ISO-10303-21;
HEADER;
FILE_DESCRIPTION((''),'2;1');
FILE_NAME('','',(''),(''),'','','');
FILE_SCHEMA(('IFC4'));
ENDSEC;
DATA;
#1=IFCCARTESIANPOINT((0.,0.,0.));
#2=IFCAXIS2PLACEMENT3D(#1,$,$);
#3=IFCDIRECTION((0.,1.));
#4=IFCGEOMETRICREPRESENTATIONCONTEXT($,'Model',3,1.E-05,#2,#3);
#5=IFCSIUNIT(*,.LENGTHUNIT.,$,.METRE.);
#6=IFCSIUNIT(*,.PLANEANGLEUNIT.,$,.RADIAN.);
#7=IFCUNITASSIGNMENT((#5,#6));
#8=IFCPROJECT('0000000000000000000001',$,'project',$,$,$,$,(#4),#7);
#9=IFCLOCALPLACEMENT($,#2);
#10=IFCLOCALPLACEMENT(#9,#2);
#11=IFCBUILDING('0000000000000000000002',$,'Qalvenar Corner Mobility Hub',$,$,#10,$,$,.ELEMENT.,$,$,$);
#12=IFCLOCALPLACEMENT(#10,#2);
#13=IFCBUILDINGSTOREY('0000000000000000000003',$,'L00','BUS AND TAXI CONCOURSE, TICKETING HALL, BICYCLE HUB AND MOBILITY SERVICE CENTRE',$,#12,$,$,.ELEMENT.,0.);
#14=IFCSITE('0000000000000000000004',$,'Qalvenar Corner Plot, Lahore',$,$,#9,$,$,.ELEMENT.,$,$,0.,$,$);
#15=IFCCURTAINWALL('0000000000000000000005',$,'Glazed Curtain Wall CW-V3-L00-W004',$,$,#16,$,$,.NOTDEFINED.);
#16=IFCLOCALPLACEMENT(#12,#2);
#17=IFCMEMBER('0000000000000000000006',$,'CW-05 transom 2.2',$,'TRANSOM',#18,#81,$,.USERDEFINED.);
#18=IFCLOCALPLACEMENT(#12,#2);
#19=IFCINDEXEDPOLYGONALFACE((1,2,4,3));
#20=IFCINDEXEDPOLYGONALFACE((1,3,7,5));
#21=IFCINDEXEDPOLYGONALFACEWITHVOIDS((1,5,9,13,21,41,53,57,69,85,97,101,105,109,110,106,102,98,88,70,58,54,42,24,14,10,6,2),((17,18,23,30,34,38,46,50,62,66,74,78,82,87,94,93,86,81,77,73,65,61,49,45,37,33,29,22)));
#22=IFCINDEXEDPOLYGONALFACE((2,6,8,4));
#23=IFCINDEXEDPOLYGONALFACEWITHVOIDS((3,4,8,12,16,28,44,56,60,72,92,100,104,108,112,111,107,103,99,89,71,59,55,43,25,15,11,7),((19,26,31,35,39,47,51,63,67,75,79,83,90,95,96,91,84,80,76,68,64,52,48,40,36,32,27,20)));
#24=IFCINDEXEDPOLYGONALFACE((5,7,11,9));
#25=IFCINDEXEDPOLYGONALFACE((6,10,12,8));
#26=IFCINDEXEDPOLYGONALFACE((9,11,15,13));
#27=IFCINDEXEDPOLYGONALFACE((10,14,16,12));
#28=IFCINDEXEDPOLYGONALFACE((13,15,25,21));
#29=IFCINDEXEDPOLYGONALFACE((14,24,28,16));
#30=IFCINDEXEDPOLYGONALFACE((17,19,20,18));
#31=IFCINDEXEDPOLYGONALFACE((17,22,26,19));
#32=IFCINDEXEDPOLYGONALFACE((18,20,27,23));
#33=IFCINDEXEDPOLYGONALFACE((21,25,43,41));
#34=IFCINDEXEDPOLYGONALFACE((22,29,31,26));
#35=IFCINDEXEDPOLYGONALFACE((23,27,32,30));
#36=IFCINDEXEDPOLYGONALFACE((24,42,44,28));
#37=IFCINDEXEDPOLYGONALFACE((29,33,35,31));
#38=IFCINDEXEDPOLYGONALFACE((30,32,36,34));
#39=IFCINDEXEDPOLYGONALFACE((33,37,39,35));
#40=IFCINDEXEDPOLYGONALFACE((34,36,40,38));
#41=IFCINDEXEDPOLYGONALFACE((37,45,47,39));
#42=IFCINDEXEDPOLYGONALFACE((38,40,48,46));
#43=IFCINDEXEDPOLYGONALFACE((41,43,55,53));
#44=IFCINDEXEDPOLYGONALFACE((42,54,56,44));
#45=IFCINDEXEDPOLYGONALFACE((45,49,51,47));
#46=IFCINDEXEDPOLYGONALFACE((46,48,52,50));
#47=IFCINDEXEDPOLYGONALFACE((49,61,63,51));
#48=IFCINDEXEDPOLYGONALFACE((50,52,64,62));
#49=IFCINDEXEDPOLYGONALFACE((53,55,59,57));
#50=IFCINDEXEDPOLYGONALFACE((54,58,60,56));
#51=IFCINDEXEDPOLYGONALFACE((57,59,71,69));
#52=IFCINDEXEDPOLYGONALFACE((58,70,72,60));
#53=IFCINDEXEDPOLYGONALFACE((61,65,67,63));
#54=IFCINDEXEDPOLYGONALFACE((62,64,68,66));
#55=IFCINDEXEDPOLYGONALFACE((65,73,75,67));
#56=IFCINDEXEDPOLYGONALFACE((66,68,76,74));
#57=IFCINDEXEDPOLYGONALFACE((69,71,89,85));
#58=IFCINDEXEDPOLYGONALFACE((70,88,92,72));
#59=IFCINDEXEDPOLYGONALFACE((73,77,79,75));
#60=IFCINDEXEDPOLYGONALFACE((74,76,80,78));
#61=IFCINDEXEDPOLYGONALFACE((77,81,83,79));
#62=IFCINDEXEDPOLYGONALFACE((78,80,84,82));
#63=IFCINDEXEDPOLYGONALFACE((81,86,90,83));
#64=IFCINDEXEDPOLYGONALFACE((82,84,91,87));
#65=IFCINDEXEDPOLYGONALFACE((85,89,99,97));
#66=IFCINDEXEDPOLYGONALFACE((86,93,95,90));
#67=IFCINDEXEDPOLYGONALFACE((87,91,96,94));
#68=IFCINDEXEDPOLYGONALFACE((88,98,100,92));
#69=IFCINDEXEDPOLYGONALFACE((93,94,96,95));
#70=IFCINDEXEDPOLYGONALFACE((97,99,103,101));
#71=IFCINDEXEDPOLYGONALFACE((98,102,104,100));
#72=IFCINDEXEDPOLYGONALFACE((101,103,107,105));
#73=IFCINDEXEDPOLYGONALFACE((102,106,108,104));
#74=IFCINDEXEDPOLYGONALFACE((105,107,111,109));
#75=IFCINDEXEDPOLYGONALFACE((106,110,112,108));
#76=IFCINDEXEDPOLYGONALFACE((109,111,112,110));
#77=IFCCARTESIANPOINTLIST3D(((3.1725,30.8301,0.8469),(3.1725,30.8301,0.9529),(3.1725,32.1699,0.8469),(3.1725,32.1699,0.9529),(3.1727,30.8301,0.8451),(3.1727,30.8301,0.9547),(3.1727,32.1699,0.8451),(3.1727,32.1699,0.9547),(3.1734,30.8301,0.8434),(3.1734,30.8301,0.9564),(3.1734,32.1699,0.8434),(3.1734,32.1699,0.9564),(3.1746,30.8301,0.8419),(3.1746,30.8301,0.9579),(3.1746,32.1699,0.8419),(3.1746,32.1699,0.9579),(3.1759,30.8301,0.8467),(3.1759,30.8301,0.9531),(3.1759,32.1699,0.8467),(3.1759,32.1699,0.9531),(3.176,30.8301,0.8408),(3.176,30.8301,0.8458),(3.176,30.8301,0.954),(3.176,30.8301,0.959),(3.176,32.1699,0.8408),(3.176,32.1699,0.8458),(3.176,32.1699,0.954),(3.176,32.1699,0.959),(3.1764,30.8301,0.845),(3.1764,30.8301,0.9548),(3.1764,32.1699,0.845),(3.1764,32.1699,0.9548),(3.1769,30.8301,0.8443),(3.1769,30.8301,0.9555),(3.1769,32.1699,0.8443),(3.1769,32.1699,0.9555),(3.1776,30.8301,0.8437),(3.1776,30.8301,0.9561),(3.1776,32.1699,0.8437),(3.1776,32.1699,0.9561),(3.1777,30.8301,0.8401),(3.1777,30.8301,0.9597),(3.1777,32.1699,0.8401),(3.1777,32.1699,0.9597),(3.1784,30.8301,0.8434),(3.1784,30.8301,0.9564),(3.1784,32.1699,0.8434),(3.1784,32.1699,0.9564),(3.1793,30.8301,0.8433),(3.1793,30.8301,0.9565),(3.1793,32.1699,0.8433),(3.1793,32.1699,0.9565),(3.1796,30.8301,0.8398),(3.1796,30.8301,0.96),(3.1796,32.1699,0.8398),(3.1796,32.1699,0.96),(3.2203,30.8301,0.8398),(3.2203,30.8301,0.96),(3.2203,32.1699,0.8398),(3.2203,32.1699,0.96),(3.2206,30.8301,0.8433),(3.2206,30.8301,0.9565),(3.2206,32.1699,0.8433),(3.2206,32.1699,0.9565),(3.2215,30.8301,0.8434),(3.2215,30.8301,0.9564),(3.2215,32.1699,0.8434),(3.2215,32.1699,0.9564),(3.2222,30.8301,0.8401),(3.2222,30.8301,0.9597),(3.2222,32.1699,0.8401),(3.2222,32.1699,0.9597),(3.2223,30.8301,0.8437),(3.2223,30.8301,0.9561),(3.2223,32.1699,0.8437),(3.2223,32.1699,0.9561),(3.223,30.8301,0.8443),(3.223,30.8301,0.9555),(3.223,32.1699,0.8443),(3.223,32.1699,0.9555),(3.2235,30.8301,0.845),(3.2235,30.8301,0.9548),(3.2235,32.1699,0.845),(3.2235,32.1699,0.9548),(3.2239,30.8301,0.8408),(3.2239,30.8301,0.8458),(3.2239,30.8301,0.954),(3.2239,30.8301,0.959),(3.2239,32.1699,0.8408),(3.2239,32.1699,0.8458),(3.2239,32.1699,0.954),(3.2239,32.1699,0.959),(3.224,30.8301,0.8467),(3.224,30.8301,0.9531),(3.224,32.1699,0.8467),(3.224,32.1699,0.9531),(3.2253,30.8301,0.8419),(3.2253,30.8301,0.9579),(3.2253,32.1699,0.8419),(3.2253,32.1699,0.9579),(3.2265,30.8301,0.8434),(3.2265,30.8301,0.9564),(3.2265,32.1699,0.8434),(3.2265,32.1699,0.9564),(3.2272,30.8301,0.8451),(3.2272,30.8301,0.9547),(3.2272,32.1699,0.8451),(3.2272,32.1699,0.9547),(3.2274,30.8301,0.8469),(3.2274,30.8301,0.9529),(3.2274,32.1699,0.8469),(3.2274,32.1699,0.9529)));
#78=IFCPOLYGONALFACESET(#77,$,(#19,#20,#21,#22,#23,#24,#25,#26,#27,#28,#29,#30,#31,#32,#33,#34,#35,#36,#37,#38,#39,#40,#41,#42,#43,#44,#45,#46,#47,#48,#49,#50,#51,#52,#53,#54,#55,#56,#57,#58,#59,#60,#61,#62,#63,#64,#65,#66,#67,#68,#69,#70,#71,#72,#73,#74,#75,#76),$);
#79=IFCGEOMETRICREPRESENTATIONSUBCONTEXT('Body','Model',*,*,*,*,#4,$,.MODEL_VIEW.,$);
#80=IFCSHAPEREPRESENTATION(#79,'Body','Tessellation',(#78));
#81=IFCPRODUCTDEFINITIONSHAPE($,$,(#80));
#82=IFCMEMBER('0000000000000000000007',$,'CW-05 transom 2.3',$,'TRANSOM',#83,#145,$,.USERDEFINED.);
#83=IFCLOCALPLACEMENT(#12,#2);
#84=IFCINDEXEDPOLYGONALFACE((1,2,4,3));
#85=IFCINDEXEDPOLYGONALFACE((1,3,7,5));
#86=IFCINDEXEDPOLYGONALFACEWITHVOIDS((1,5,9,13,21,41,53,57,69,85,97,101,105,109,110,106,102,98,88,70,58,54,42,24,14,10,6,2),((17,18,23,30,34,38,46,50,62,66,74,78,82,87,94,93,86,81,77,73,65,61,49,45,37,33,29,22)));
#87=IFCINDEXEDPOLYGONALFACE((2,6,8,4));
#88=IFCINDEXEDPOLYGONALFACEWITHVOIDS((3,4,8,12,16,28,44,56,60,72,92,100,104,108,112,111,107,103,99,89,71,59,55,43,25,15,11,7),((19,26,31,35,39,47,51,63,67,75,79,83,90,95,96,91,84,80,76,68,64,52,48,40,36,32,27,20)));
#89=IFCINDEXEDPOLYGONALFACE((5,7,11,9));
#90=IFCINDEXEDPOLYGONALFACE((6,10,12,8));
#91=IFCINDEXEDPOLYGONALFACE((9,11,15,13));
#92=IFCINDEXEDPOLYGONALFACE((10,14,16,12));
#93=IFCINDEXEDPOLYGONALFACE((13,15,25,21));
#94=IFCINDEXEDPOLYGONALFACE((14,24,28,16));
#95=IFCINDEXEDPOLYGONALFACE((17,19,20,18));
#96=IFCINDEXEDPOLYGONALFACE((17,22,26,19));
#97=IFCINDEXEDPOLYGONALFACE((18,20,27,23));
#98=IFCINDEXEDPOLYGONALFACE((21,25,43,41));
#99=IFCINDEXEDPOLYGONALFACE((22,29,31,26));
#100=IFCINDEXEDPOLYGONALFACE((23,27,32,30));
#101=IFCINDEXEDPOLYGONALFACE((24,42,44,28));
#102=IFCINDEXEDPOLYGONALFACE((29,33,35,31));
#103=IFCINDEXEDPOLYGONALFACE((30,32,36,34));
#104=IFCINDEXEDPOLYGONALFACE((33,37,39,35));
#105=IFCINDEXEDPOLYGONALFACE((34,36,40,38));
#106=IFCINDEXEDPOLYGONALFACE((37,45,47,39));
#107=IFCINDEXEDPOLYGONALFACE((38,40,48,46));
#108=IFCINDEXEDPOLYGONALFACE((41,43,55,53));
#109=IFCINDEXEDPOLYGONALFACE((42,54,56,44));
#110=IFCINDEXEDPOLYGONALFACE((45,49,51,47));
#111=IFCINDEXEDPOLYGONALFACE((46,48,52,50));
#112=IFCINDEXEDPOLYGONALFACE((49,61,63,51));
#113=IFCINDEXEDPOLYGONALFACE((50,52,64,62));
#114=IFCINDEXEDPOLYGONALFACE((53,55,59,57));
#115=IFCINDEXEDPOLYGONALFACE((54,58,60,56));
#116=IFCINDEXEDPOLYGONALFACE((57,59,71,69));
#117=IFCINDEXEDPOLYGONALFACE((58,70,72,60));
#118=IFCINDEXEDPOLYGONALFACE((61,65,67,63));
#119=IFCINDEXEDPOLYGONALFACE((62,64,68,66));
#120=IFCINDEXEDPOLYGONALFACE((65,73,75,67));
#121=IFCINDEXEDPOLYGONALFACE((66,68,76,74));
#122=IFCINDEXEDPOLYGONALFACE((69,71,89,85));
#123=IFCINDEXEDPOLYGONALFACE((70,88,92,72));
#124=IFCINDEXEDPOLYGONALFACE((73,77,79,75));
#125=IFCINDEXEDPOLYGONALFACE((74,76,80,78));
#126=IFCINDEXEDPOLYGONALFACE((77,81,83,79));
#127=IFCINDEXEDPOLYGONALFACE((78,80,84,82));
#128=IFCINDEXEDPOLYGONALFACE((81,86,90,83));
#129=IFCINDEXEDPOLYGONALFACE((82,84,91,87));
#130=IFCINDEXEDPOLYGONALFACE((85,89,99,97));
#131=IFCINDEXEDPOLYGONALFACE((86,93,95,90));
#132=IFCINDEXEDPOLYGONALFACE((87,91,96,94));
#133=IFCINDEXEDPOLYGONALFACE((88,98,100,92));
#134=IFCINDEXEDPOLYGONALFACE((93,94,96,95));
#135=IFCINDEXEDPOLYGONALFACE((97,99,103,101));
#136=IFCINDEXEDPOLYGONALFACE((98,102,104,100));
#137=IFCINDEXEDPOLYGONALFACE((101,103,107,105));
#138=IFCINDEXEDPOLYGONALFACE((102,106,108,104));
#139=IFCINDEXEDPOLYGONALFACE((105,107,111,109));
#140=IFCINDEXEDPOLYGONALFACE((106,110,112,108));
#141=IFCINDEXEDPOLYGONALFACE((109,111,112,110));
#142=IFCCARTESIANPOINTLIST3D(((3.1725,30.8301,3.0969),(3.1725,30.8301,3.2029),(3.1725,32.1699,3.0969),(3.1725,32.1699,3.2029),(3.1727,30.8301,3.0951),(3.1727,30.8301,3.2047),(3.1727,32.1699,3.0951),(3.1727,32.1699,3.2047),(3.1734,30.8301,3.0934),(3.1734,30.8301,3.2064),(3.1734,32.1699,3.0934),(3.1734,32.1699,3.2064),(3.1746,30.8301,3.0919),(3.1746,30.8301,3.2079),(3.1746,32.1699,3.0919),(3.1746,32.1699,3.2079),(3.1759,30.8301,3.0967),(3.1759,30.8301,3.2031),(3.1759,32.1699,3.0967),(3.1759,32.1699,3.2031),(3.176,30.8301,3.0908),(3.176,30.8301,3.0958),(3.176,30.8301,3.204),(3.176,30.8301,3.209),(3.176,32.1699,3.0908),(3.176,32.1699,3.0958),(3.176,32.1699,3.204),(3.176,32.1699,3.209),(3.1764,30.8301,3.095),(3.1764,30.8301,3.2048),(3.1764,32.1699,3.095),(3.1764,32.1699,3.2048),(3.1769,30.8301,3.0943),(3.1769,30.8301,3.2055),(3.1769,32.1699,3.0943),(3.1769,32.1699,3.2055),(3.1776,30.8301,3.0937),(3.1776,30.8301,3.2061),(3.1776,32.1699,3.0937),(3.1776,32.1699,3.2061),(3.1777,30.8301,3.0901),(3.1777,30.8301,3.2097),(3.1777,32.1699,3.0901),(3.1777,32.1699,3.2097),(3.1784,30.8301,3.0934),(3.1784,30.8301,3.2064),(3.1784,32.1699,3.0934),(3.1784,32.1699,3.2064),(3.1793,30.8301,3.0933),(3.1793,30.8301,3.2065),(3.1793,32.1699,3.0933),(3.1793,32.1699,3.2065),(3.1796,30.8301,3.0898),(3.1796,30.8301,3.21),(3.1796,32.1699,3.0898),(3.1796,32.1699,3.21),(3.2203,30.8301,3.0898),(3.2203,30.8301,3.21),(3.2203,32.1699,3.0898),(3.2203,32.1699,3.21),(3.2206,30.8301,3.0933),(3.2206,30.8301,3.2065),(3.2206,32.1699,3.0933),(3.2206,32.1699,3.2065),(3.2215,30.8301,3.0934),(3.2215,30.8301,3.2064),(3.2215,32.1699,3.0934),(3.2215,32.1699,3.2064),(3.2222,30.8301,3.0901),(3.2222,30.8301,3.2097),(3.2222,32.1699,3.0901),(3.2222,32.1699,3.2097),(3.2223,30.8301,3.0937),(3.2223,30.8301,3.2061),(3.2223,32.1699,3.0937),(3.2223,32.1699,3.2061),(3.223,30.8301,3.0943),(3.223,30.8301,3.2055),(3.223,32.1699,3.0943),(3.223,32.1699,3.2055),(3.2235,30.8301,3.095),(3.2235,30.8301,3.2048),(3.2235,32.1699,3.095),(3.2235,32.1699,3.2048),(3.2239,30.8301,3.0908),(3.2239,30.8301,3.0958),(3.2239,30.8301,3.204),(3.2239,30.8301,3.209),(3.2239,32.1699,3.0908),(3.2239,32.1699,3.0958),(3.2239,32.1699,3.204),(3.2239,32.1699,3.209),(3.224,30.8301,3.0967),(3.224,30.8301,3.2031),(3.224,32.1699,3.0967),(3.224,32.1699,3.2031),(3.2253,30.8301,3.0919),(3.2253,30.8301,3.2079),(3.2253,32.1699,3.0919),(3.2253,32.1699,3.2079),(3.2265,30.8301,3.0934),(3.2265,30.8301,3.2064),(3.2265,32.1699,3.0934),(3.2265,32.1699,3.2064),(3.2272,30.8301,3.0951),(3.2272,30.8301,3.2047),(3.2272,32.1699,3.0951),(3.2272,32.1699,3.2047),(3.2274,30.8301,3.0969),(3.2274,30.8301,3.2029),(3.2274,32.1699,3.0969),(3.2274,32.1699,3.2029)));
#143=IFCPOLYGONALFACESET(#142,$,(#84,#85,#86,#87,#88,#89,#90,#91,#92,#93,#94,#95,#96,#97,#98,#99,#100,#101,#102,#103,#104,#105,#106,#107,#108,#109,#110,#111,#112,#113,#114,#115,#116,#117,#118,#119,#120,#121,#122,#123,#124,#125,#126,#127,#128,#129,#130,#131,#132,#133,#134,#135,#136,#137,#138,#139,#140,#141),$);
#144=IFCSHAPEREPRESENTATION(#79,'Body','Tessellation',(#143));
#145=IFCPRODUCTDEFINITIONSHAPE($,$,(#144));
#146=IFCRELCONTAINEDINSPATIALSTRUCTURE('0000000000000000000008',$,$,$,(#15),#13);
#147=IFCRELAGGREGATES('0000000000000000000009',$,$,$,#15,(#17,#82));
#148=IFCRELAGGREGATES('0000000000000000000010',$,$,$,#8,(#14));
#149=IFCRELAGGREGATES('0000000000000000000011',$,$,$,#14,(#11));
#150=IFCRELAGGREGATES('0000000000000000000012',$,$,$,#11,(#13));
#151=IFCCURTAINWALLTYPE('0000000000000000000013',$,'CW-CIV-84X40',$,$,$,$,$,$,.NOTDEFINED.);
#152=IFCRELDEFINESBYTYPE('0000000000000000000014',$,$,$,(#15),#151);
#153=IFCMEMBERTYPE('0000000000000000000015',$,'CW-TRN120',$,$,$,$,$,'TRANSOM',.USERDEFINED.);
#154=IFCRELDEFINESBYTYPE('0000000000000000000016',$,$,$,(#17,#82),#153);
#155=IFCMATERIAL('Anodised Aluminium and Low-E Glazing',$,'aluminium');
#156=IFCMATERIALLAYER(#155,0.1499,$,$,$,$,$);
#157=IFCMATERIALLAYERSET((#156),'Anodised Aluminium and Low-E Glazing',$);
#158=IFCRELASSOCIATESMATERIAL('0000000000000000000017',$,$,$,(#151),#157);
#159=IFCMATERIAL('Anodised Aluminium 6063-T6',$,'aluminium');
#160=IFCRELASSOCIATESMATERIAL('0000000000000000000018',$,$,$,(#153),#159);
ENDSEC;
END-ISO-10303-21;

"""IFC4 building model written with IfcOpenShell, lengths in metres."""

from ifc_helpers import new_model, si_unit, direction, frame, origin, origin_2d, place, context, subcontext, project, spatial, hollow_rectangle, extrude, material, layer, layer_set, material_profile, profile_set, type_object, element, aggregate, save


model = new_model("IFC4")

# Units and contexts
model_context = context("Model", 3, precision=1e-05, world=origin(), true_north=direction((0.0, 1.0)))
body_context = subcontext(model_context, "Body", "Model", "MODEL_VIEW")
ifc_project = project(units=[si_unit("LENGTHUNIT", "METRE"), si_unit("PLANEANGLEUNIT", "RADIAN")], contexts=[model_context])

# Site, building, storey
site_placement = place(None, origin())
site = spatial("IfcSite", under=ifc_project, at=site_placement, Name="Qalvenar Corner Plot, Lahore", CompositionType="ELEMENT", RefElevation=0.0)
building_placement = place(site_placement, origin())
building = spatial("IfcBuilding", under=site, at=building_placement, Name="Qalvenar Corner Mobility Hub", CompositionType="ELEMENT")
storey_placement = place(building_placement, origin())
storey = spatial("IfcBuildingStorey", under=building, at=storey_placement, Name="L00", Description="BUS AND TAXI CONCOURSE, TICKETING HALL, BICYCLE HUB AND MOBILITY SERVICE CENTRE", CompositionType="ELEMENT", Elevation=0.0)

# Curtain wall, members
ifc_material_1 = material(Name="Anodised Aluminium and Low-E Glazing", Category="aluminium")
ifc_layer_1 = layer(ifc_material_1, 0.1499)
ifc_layer_set_1 = layer_set([ifc_layer_1], Name="Anodised Aluminium and Low-E Glazing")
curtain_wall_type = type_object("IfcCurtainWallType", Name="CW-CIV-84X40", PredefinedType="NOTDEFINED", material=ifc_layer_set_1)
curtain_wall_placement = place(storey_placement, origin())
curtain_wall = element("IfcCurtainWall", 1, at=curtain_wall_placement, inside=storey, type_object=curtain_wall_type, Name="Glazed Curtain Wall CW-V3-L00-W004", PredefinedType="NOTDEFINED")
ifc_material_2 = material(Name="Anodised Aluminium 6063-T6", Category="aluminium")
ifc_material_profile_1 = material_profile(ifc_material_2, hollow_rectangle(XDim=0.0549, YDim=0.1201, WallThickness=0.0034, InnerFilletRadius=0.0034, OuterFilletRadius=0.0071, at=origin_2d()), Name="RHS120x55x3.5")
ifc_profile_set_1 = profile_set([ifc_material_profile_1], Name="Anodised Aluminium 6063-T6")
member_type_1 = type_object("IfcMemberType", Name="CW-TRN120", ElementType="TRANSOM", PredefinedType="USERDEFINED", material=ifc_profile_set_1)
member_1_placement = place(storey_placement, frame((3.2, 32.1699, 0.8999), z_axis=(0.0, -1.0, 0.0), x_axis=(1.0, 0.0, 0.0)))
member_1 = element("IfcMember", 2, at=member_1_placement, type_object=member_type_1, Name="CW-05 transom 2.2", ObjectType="TRANSOM", PredefinedType="USERDEFINED", context=body_context, shape_type="SweptSolid", body=[
    extrude(hollow_rectangle(XDim=0.0549, YDim=0.1201, WallThickness=0.0034, InnerFilletRadius=0.0034, OuterFilletRadius=0.0071, at=origin_2d()), origin(), (0.0, 0.0, 1.0), 1.3398),
])
member_2_placement = place(storey_placement, frame((3.2, 32.1699, 3.1499), z_axis=(0.0, -1.0, 0.0), x_axis=(1.0, 0.0, 0.0)))
member_2 = element("IfcMember", 3, at=member_2_placement, type_object=member_type_1, Name="CW-05 transom 2.3", ObjectType="TRANSOM", PredefinedType="USERDEFINED", context=body_context, shape_type="SweptSolid", body=[
    extrude(hollow_rectangle(XDim=0.0549, YDim=0.1201, WallThickness=0.0034, InnerFilletRadius=0.0034, OuterFilletRadius=0.0071, at=origin_2d()), origin(), (0.0, 0.0, 1.0), 1.3398),
])
aggregate(curtain_wall, [member_1, member_2])

save(model, "model.ifc")
